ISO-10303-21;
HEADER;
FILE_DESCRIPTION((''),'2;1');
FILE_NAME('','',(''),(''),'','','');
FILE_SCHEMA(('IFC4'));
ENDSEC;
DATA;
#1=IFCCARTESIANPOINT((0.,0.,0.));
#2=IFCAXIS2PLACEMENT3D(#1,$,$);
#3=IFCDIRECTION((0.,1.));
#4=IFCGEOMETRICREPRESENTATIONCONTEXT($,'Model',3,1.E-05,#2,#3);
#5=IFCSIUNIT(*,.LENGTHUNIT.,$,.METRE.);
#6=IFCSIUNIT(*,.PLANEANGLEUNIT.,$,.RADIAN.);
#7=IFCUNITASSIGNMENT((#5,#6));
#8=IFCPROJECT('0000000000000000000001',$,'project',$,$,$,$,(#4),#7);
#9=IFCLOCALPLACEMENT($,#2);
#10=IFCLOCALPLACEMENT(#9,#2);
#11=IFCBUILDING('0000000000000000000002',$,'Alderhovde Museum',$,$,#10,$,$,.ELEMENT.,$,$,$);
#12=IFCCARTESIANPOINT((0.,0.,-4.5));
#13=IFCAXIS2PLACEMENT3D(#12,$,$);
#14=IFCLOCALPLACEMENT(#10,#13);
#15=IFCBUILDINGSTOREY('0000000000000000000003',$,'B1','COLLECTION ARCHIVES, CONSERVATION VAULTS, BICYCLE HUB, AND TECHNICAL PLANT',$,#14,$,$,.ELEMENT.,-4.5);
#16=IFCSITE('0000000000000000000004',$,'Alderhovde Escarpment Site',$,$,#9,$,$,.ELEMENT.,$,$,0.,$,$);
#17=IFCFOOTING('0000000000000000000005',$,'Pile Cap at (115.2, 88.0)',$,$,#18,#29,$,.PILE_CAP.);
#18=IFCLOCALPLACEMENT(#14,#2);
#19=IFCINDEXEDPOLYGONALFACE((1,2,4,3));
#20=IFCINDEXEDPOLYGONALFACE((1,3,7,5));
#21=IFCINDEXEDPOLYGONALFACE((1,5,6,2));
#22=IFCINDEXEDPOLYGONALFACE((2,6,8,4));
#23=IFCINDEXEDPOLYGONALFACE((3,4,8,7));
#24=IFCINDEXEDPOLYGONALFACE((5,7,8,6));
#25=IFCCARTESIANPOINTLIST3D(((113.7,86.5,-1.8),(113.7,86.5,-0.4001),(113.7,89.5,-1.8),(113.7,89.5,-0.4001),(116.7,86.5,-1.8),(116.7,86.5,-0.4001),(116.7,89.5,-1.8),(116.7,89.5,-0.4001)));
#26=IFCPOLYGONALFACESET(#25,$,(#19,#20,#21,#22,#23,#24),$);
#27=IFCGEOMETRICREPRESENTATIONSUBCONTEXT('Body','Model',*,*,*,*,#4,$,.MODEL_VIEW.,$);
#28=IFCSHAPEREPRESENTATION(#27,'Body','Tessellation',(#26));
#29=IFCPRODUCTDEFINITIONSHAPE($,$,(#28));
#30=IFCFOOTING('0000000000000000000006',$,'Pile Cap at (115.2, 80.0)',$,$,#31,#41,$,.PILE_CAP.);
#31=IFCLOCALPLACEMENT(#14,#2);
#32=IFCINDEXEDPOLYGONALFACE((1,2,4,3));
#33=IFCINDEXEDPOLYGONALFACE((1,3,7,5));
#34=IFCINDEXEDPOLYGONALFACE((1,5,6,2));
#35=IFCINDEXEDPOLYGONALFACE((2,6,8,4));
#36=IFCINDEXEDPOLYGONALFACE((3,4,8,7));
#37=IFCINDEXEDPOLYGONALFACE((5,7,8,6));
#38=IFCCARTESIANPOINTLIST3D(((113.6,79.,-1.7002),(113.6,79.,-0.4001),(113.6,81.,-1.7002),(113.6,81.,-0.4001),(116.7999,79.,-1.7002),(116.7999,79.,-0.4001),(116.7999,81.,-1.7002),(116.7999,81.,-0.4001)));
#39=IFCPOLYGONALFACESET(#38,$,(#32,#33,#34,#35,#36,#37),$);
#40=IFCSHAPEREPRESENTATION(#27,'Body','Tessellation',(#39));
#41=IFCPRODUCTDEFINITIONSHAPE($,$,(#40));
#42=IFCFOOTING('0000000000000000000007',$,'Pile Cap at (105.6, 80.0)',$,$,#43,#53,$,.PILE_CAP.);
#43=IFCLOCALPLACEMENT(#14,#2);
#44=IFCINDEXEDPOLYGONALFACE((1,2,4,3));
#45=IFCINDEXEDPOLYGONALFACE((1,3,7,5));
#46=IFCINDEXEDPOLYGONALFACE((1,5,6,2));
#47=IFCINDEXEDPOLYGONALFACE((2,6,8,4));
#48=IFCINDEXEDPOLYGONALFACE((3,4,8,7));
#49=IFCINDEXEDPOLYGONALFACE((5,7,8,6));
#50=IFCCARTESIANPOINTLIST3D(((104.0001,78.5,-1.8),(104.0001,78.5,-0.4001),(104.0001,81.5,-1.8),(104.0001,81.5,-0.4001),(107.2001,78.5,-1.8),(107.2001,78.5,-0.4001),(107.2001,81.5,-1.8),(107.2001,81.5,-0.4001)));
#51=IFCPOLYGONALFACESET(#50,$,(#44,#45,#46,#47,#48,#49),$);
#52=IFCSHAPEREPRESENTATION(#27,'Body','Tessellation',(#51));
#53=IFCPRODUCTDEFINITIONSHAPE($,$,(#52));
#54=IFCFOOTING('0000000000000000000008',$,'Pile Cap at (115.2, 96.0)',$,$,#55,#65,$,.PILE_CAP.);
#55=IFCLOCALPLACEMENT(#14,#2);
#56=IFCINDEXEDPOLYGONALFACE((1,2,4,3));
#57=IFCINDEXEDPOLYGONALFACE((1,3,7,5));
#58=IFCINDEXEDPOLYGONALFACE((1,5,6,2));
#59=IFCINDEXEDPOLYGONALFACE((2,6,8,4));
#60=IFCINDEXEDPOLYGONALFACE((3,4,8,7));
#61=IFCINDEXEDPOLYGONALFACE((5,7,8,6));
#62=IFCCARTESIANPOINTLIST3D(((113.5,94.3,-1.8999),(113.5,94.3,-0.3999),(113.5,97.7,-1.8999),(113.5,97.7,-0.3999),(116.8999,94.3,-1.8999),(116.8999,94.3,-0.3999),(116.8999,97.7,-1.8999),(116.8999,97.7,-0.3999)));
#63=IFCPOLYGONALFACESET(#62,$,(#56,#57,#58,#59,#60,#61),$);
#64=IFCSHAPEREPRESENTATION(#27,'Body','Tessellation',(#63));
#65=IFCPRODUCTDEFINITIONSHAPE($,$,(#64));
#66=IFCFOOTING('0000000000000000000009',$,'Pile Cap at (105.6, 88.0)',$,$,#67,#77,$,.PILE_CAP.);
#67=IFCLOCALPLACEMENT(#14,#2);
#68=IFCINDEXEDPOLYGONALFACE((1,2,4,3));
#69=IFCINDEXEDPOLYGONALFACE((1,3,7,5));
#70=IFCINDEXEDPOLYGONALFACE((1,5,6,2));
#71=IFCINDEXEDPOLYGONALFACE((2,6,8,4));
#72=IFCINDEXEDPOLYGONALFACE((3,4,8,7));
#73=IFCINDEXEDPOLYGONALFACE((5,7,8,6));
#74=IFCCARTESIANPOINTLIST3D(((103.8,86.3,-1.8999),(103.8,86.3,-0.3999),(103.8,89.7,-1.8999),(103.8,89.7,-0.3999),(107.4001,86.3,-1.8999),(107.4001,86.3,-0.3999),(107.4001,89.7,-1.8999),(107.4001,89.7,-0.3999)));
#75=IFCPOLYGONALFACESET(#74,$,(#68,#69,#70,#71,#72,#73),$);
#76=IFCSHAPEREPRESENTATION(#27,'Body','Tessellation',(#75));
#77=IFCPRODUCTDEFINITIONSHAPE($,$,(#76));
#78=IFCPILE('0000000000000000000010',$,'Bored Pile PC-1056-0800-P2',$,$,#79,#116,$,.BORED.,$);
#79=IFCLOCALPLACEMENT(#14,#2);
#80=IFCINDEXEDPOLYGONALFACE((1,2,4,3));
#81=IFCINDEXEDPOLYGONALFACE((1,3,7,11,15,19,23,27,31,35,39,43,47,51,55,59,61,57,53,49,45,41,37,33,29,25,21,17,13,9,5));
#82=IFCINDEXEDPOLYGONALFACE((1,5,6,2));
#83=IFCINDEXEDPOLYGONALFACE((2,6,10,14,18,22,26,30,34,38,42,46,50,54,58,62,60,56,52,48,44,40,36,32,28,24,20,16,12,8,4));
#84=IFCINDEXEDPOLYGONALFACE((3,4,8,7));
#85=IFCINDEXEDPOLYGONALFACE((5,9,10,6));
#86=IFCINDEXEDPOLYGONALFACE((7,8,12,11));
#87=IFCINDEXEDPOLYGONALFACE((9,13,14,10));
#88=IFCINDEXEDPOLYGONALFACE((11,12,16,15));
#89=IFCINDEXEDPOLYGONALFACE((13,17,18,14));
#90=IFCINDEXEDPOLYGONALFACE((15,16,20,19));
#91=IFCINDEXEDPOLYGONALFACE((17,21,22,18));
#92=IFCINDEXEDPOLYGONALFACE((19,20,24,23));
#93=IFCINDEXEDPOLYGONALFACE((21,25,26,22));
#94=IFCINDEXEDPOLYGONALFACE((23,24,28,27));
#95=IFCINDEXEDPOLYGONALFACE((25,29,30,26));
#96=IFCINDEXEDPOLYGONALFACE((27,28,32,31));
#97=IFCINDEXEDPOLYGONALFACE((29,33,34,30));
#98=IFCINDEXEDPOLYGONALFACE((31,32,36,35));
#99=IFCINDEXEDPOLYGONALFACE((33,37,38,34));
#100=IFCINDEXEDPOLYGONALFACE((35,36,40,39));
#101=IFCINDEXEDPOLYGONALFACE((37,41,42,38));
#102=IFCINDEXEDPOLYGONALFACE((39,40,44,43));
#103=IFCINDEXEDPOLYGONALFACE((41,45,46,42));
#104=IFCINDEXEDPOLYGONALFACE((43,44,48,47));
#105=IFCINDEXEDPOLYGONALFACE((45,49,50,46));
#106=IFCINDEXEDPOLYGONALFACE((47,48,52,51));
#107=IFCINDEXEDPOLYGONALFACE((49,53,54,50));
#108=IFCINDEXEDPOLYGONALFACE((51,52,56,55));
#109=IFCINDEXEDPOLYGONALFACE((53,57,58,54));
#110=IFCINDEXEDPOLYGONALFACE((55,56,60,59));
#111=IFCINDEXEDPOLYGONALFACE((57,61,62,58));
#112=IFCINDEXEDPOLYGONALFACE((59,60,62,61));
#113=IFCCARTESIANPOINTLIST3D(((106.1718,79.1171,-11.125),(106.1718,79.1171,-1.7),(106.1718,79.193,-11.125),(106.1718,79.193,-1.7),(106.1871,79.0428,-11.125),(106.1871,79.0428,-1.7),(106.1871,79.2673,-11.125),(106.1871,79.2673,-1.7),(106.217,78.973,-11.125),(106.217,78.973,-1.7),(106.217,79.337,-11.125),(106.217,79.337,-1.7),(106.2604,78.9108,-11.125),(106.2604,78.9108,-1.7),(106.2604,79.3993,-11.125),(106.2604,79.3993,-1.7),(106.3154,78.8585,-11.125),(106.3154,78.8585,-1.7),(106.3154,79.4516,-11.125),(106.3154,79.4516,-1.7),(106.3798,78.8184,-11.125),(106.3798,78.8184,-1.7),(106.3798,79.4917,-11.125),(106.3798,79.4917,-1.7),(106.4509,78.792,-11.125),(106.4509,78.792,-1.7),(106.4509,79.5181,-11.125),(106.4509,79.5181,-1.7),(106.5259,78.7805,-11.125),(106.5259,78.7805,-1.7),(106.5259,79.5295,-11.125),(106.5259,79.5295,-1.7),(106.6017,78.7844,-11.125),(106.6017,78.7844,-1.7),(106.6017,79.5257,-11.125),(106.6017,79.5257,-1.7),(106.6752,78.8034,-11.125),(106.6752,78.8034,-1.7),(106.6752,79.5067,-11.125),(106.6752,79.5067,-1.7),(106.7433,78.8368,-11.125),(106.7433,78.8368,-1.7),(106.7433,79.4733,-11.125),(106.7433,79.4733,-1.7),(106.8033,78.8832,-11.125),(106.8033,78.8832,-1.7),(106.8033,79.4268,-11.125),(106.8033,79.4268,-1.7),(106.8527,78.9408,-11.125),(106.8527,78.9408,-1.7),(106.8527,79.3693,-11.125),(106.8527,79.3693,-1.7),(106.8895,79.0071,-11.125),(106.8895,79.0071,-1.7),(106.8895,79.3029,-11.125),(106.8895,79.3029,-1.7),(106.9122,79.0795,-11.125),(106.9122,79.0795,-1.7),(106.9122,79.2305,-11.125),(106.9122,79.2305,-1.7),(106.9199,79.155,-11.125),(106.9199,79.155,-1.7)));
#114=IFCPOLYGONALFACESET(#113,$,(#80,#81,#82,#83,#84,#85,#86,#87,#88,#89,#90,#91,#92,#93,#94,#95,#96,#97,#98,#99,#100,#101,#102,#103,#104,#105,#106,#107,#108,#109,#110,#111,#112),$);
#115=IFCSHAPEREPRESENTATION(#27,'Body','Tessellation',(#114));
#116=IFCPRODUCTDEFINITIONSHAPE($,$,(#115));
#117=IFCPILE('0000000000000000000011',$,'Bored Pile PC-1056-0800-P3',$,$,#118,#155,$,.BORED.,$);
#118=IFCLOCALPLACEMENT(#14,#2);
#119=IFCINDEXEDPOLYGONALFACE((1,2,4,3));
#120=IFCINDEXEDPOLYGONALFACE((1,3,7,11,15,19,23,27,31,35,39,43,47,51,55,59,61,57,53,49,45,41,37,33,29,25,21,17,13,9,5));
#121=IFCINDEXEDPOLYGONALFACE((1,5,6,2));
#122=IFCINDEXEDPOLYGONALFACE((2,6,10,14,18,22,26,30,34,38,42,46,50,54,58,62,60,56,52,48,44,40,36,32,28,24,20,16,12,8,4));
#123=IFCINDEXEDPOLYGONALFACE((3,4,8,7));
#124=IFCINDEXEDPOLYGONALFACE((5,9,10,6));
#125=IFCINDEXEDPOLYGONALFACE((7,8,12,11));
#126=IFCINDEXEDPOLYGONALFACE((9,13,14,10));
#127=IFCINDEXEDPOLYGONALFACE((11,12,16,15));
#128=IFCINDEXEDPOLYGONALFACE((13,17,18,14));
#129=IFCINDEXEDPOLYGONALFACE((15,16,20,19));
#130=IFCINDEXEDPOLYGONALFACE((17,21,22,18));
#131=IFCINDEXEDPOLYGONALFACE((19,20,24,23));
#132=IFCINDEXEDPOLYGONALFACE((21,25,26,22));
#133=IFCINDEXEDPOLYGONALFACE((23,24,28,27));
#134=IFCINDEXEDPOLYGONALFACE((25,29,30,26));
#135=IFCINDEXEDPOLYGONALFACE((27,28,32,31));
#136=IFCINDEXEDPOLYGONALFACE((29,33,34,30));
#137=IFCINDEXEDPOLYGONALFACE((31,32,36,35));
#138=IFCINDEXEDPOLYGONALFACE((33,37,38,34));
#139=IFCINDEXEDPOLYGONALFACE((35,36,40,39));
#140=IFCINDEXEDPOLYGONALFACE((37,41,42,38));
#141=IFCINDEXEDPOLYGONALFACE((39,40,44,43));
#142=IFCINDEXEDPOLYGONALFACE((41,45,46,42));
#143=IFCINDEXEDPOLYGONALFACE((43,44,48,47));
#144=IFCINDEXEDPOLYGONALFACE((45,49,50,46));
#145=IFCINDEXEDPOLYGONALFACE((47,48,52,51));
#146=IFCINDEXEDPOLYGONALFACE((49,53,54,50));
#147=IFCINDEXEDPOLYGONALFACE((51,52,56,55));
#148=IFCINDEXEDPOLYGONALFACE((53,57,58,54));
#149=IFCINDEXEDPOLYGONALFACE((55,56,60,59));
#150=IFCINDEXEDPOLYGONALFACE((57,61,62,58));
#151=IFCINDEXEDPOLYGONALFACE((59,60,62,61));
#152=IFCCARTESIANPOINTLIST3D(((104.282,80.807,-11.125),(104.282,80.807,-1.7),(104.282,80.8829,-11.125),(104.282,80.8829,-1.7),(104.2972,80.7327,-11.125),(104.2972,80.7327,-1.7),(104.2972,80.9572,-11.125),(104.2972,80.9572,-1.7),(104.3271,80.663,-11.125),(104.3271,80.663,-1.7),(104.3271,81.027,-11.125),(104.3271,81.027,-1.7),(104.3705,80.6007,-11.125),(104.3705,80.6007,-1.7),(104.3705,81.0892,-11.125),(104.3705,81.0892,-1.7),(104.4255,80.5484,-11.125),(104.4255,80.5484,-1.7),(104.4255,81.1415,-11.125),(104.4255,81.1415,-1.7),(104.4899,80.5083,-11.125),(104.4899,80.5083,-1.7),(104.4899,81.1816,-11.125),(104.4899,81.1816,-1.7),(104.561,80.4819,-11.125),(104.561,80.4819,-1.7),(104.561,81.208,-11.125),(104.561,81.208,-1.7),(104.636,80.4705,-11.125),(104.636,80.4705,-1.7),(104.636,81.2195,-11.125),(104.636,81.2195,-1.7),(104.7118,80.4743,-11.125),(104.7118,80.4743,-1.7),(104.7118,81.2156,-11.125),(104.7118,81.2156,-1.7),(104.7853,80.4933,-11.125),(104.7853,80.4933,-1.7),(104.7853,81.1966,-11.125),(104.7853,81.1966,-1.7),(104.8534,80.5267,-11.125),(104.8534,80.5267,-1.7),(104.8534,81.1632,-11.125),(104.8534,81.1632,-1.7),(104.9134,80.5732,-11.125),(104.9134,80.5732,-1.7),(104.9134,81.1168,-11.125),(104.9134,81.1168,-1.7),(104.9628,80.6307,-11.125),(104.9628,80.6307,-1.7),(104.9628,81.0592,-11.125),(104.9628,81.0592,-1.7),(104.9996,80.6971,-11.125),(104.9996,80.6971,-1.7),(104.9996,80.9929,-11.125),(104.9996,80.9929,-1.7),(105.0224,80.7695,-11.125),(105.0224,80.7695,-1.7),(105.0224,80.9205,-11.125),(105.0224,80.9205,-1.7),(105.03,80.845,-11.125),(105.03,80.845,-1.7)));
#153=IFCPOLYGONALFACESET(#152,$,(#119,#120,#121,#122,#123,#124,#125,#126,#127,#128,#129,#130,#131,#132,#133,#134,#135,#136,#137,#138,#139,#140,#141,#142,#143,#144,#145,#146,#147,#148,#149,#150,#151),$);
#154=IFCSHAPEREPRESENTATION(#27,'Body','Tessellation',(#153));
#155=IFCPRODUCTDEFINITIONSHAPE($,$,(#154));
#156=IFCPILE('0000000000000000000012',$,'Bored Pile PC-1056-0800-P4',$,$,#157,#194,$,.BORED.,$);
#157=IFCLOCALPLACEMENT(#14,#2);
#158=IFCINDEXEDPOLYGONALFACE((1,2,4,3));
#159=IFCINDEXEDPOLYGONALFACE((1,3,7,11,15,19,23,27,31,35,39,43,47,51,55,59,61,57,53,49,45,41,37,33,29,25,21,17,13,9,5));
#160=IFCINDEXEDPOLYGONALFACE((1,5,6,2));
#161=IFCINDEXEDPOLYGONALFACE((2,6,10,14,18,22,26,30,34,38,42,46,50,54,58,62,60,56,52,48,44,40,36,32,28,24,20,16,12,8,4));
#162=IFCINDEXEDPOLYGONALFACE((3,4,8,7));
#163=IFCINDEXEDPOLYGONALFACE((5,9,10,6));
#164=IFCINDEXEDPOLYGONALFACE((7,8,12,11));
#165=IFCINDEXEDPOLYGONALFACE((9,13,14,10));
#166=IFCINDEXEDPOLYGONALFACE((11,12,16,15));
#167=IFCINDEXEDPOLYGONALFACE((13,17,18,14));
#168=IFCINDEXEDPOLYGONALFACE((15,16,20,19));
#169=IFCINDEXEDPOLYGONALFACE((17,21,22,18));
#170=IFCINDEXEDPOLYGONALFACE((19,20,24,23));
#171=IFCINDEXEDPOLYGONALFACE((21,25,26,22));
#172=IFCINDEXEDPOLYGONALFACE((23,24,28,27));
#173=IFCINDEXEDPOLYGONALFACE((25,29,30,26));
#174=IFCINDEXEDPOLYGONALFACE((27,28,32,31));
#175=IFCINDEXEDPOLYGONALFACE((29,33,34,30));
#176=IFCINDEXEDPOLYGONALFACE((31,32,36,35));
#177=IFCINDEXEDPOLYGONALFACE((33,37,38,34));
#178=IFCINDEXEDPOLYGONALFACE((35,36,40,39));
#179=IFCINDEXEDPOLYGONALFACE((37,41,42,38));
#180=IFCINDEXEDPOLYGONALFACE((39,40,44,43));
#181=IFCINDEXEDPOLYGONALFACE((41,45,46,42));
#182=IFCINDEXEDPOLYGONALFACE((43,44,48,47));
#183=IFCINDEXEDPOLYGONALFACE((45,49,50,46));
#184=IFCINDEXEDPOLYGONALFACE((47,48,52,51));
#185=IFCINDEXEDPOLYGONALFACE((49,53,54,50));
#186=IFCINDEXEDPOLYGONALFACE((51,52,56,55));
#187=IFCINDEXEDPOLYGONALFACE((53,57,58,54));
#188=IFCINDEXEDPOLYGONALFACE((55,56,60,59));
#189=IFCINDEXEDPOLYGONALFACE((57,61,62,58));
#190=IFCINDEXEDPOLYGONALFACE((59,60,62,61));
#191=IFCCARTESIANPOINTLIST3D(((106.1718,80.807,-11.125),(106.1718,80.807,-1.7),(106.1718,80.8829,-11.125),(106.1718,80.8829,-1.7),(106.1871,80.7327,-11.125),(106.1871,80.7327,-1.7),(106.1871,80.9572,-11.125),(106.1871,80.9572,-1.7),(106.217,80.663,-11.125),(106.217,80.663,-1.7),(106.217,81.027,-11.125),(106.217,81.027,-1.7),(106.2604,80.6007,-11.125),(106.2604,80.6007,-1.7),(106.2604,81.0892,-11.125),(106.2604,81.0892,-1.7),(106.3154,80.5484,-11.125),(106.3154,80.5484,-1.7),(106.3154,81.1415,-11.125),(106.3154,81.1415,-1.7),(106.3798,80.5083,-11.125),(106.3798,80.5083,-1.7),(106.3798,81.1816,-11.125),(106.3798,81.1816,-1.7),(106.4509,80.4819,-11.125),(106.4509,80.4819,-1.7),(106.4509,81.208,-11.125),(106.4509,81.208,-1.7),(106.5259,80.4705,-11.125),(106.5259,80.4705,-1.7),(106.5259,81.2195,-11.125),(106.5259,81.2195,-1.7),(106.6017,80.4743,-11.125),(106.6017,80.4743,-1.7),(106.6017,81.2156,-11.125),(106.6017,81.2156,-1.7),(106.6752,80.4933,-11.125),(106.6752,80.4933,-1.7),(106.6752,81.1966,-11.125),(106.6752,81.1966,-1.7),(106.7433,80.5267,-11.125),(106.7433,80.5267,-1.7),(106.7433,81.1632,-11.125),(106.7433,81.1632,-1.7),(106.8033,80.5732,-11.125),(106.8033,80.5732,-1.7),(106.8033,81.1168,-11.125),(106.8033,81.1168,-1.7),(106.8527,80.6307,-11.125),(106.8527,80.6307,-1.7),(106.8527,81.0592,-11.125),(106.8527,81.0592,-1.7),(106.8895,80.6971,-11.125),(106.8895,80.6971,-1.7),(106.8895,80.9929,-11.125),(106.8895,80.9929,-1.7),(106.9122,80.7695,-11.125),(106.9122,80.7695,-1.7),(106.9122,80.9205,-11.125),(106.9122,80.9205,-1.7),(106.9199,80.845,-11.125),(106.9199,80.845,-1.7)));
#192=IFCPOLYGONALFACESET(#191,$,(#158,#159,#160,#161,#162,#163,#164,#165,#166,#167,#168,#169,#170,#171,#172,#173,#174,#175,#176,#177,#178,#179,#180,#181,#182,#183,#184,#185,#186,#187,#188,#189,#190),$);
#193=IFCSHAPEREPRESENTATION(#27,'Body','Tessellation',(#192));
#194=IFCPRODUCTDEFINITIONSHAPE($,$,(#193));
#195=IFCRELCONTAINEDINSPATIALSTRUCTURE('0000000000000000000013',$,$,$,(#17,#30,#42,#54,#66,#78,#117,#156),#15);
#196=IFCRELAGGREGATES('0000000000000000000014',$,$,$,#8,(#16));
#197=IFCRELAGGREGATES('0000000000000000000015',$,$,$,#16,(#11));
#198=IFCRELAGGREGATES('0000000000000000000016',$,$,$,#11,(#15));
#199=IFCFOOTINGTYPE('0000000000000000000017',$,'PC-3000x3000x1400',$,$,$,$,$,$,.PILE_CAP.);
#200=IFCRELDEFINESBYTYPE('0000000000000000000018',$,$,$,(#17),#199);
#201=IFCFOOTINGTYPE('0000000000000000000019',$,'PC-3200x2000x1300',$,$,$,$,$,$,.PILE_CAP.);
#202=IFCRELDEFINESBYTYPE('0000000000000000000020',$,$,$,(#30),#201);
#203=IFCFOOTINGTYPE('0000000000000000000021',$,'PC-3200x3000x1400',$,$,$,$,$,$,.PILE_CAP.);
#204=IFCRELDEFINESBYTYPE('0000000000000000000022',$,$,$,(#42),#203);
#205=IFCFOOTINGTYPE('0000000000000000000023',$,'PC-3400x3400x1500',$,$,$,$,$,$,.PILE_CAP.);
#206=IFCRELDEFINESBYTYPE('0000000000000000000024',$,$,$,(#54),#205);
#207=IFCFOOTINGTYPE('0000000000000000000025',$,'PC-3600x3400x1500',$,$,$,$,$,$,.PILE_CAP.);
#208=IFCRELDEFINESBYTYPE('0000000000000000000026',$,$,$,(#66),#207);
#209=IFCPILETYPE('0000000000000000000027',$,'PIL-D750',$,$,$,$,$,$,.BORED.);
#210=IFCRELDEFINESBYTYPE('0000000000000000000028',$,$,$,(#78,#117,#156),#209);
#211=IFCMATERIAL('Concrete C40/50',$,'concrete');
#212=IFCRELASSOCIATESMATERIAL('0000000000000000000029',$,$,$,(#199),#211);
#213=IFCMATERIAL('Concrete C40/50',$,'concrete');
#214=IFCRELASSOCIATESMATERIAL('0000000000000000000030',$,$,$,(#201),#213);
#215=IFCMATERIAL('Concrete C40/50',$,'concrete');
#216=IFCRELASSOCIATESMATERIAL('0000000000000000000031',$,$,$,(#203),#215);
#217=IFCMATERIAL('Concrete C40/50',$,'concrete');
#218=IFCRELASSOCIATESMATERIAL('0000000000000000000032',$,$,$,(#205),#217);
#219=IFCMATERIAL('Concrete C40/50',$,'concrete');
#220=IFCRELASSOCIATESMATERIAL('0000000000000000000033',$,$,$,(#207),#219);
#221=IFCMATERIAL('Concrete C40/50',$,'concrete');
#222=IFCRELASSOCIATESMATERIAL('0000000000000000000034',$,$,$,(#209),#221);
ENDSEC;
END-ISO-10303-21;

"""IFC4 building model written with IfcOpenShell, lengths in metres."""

from ifc_helpers import new_model, si_unit, direction, frame, origin, origin_2d, place, context, subcontext, project, spatial, rectangle, circle, extrude, material, material_profile, profile_set, type_object, element, save


model = new_model("IFC4")

# Units and contexts
model_context = context("Model", 3, precision=1e-05, world=origin(), true_north=direction((0.0, 1.0)))
body_context = subcontext(model_context, "Body", "Model", "MODEL_VIEW")
ifc_project = project(units=[si_unit("LENGTHUNIT", "METRE"), si_unit("PLANEANGLEUNIT", "RADIAN")], contexts=[model_context])

# Site, building, storey
site_placement = place(None, origin())
site = spatial("IfcSite", under=ifc_project, at=site_placement, Name="Alderhovde Escarpment Site", CompositionType="ELEMENT", RefElevation=0.0)
building_placement = place(site_placement, origin())
building = spatial("IfcBuilding", under=site, at=building_placement, Name="Alderhovde Museum", CompositionType="ELEMENT")
storey_placement = place(building_placement, frame((0.0, 0.0, -4.5)))
storey = spatial("IfcBuildingStorey", under=building, at=storey_placement, Name="B1", Description="COLLECTION ARCHIVES, CONSERVATION VAULTS, BICYCLE HUB, AND TECHNICAL PLANT", CompositionType="ELEMENT", Elevation=-4.5)

# Footings
ifc_material_1 = material(Name="Concrete C40/50", Category="concrete")
footing_type_1 = type_object("IfcFootingType", Name="PC-3000x3000x1400", PredefinedType="PILE_CAP", material=ifc_material_1)
footing_1_placement = place(storey_placement, frame((115.2, 88.0, -1.8), z_axis=(0.0, 0.0, 1.0), x_axis=(1.0, 0.0, 0.0)))
element("IfcFooting", 1, at=footing_1_placement, inside=storey, type_object=footing_type_1, Name="Pile Cap at (115.2, 88.0)", PredefinedType="PILE_CAP", context=body_context, shape_type="SweptSolid", body=[
    extrude(rectangle(XDim=3.0, YDim=3.0, at=origin_2d()), origin(), (0.0, 0.0, 1.0), 1.3999),
])
ifc_material_2 = material(Name="Concrete C40/50", Category="concrete")
footing_type_2 = type_object("IfcFootingType", Name="PC-3200x2000x1300", PredefinedType="PILE_CAP", material=ifc_material_2)
footing_2_placement = place(storey_placement, frame((115.2, 80.0, -1.7002), z_axis=(0.0, 0.0, 1.0), x_axis=(1.0, 0.0, 0.0)))
element("IfcFooting", 2, at=footing_2_placement, inside=storey, type_object=footing_type_2, Name="Pile Cap at (115.2, 80.0)", PredefinedType="PILE_CAP", context=body_context, shape_type="SweptSolid", body=[
    extrude(rectangle(XDim=3.2, YDim=2.0, at=origin_2d()), origin(), (0.0, 0.0, 1.0), 1.3),
])
ifc_material_3 = material(Name="Concrete C40/50", Category="concrete")
footing_type_3 = type_object("IfcFootingType", Name="PC-3200x3000x1400", PredefinedType="PILE_CAP", material=ifc_material_3)
footing_3_placement = place(storey_placement, frame((105.6001, 80.0, -1.8), z_axis=(0.0, 0.0, 1.0), x_axis=(1.0, 0.0, 0.0)))
element("IfcFooting", 3, at=footing_3_placement, inside=storey, type_object=footing_type_3, Name="Pile Cap at (105.6, 80.0)", PredefinedType="PILE_CAP", context=body_context, shape_type="SweptSolid", body=[
    extrude(rectangle(XDim=3.2, YDim=3.0, at=origin_2d()), origin(), (0.0, 0.0, 1.0), 1.3999),
])
ifc_material_4 = material(Name="Concrete C40/50", Category="concrete")
footing_type_4 = type_object("IfcFootingType", Name="PC-3400x3400x1500", PredefinedType="PILE_CAP", material=ifc_material_4)
footing_4_placement = place(storey_placement, frame((115.2, 96.0, -1.8999), z_axis=(0.0, 0.0, 1.0), x_axis=(1.0, 0.0, 0.0)))
element("IfcFooting", 4, at=footing_4_placement, inside=storey, type_object=footing_type_4, Name="Pile Cap at (115.2, 96.0)", PredefinedType="PILE_CAP", context=body_context, shape_type="SweptSolid", body=[
    extrude(rectangle(XDim=3.3999, YDim=3.3999, at=origin_2d()), origin(), (0.0, 0.0, 1.0), 1.5),
])
ifc_material_5 = material(Name="Concrete C40/50", Category="concrete")
footing_type_5 = type_object("IfcFootingType", Name="PC-3600x3400x1500", PredefinedType="PILE_CAP", material=ifc_material_5)
footing_5_placement = place(storey_placement, frame((105.6001, 88.0, -1.8999), z_axis=(0.0, 0.0, 1.0), x_axis=(1.0, 0.0, 0.0)))
element("IfcFooting", 5, at=footing_5_placement, inside=storey, type_object=footing_type_5, Name="Pile Cap at (105.6, 88.0)", PredefinedType="PILE_CAP", context=body_context, shape_type="SweptSolid", body=[
    extrude(rectangle(XDim=3.6001, YDim=3.3999, at=origin_2d()), origin(), (0.0, 0.0, 1.0), 1.5),
])

# Piles
ifc_material_6 = material(Name="Concrete C40/50", Category="concrete")
ifc_material_profile_1 = material_profile(ifc_material_6, circle(Radius=0.375, at=origin_2d()), Name="PILE-D750")
ifc_profile_set_1 = profile_set([ifc_material_profile_1], Name="Concrete C40/50")
pile_type_1 = type_object("IfcPileType", Name="PIL-D750", PredefinedType="BORED", material=ifc_profile_set_1)
for number, where, z_axis, x_axis, name in (
    (6, (106.5449, 79.155, -1.7), (0.0, 0.0, -1.0), (1.0, 0.0, 0.0), "Bored Pile PC-1056-0800-P2"),
    (7, (104.655, 80.845, -1.7), (0.0, 0.0, -1.0), (1.0, 0.0, 0.0), "Bored Pile PC-1056-0800-P3"),
    (8, (106.5449, 80.845, -1.7), (0.0, 0.0, -1.0), (1.0, 0.0, 0.0), "Bored Pile PC-1056-0800-P4"),
):
    element("IfcPile", number, at=place(storey_placement, frame(where, z_axis=z_axis, x_axis=x_axis)), inside=storey, type_object=pile_type_1, Name=name, PredefinedType="BORED", context=body_context, shape_type="SweptSolid", body=[
        extrude(circle(Radius=0.375, at=origin_2d()), origin(), (0.0, 0.0, 1.0), 9.425),
    ])

save(model, "model.ifc")
